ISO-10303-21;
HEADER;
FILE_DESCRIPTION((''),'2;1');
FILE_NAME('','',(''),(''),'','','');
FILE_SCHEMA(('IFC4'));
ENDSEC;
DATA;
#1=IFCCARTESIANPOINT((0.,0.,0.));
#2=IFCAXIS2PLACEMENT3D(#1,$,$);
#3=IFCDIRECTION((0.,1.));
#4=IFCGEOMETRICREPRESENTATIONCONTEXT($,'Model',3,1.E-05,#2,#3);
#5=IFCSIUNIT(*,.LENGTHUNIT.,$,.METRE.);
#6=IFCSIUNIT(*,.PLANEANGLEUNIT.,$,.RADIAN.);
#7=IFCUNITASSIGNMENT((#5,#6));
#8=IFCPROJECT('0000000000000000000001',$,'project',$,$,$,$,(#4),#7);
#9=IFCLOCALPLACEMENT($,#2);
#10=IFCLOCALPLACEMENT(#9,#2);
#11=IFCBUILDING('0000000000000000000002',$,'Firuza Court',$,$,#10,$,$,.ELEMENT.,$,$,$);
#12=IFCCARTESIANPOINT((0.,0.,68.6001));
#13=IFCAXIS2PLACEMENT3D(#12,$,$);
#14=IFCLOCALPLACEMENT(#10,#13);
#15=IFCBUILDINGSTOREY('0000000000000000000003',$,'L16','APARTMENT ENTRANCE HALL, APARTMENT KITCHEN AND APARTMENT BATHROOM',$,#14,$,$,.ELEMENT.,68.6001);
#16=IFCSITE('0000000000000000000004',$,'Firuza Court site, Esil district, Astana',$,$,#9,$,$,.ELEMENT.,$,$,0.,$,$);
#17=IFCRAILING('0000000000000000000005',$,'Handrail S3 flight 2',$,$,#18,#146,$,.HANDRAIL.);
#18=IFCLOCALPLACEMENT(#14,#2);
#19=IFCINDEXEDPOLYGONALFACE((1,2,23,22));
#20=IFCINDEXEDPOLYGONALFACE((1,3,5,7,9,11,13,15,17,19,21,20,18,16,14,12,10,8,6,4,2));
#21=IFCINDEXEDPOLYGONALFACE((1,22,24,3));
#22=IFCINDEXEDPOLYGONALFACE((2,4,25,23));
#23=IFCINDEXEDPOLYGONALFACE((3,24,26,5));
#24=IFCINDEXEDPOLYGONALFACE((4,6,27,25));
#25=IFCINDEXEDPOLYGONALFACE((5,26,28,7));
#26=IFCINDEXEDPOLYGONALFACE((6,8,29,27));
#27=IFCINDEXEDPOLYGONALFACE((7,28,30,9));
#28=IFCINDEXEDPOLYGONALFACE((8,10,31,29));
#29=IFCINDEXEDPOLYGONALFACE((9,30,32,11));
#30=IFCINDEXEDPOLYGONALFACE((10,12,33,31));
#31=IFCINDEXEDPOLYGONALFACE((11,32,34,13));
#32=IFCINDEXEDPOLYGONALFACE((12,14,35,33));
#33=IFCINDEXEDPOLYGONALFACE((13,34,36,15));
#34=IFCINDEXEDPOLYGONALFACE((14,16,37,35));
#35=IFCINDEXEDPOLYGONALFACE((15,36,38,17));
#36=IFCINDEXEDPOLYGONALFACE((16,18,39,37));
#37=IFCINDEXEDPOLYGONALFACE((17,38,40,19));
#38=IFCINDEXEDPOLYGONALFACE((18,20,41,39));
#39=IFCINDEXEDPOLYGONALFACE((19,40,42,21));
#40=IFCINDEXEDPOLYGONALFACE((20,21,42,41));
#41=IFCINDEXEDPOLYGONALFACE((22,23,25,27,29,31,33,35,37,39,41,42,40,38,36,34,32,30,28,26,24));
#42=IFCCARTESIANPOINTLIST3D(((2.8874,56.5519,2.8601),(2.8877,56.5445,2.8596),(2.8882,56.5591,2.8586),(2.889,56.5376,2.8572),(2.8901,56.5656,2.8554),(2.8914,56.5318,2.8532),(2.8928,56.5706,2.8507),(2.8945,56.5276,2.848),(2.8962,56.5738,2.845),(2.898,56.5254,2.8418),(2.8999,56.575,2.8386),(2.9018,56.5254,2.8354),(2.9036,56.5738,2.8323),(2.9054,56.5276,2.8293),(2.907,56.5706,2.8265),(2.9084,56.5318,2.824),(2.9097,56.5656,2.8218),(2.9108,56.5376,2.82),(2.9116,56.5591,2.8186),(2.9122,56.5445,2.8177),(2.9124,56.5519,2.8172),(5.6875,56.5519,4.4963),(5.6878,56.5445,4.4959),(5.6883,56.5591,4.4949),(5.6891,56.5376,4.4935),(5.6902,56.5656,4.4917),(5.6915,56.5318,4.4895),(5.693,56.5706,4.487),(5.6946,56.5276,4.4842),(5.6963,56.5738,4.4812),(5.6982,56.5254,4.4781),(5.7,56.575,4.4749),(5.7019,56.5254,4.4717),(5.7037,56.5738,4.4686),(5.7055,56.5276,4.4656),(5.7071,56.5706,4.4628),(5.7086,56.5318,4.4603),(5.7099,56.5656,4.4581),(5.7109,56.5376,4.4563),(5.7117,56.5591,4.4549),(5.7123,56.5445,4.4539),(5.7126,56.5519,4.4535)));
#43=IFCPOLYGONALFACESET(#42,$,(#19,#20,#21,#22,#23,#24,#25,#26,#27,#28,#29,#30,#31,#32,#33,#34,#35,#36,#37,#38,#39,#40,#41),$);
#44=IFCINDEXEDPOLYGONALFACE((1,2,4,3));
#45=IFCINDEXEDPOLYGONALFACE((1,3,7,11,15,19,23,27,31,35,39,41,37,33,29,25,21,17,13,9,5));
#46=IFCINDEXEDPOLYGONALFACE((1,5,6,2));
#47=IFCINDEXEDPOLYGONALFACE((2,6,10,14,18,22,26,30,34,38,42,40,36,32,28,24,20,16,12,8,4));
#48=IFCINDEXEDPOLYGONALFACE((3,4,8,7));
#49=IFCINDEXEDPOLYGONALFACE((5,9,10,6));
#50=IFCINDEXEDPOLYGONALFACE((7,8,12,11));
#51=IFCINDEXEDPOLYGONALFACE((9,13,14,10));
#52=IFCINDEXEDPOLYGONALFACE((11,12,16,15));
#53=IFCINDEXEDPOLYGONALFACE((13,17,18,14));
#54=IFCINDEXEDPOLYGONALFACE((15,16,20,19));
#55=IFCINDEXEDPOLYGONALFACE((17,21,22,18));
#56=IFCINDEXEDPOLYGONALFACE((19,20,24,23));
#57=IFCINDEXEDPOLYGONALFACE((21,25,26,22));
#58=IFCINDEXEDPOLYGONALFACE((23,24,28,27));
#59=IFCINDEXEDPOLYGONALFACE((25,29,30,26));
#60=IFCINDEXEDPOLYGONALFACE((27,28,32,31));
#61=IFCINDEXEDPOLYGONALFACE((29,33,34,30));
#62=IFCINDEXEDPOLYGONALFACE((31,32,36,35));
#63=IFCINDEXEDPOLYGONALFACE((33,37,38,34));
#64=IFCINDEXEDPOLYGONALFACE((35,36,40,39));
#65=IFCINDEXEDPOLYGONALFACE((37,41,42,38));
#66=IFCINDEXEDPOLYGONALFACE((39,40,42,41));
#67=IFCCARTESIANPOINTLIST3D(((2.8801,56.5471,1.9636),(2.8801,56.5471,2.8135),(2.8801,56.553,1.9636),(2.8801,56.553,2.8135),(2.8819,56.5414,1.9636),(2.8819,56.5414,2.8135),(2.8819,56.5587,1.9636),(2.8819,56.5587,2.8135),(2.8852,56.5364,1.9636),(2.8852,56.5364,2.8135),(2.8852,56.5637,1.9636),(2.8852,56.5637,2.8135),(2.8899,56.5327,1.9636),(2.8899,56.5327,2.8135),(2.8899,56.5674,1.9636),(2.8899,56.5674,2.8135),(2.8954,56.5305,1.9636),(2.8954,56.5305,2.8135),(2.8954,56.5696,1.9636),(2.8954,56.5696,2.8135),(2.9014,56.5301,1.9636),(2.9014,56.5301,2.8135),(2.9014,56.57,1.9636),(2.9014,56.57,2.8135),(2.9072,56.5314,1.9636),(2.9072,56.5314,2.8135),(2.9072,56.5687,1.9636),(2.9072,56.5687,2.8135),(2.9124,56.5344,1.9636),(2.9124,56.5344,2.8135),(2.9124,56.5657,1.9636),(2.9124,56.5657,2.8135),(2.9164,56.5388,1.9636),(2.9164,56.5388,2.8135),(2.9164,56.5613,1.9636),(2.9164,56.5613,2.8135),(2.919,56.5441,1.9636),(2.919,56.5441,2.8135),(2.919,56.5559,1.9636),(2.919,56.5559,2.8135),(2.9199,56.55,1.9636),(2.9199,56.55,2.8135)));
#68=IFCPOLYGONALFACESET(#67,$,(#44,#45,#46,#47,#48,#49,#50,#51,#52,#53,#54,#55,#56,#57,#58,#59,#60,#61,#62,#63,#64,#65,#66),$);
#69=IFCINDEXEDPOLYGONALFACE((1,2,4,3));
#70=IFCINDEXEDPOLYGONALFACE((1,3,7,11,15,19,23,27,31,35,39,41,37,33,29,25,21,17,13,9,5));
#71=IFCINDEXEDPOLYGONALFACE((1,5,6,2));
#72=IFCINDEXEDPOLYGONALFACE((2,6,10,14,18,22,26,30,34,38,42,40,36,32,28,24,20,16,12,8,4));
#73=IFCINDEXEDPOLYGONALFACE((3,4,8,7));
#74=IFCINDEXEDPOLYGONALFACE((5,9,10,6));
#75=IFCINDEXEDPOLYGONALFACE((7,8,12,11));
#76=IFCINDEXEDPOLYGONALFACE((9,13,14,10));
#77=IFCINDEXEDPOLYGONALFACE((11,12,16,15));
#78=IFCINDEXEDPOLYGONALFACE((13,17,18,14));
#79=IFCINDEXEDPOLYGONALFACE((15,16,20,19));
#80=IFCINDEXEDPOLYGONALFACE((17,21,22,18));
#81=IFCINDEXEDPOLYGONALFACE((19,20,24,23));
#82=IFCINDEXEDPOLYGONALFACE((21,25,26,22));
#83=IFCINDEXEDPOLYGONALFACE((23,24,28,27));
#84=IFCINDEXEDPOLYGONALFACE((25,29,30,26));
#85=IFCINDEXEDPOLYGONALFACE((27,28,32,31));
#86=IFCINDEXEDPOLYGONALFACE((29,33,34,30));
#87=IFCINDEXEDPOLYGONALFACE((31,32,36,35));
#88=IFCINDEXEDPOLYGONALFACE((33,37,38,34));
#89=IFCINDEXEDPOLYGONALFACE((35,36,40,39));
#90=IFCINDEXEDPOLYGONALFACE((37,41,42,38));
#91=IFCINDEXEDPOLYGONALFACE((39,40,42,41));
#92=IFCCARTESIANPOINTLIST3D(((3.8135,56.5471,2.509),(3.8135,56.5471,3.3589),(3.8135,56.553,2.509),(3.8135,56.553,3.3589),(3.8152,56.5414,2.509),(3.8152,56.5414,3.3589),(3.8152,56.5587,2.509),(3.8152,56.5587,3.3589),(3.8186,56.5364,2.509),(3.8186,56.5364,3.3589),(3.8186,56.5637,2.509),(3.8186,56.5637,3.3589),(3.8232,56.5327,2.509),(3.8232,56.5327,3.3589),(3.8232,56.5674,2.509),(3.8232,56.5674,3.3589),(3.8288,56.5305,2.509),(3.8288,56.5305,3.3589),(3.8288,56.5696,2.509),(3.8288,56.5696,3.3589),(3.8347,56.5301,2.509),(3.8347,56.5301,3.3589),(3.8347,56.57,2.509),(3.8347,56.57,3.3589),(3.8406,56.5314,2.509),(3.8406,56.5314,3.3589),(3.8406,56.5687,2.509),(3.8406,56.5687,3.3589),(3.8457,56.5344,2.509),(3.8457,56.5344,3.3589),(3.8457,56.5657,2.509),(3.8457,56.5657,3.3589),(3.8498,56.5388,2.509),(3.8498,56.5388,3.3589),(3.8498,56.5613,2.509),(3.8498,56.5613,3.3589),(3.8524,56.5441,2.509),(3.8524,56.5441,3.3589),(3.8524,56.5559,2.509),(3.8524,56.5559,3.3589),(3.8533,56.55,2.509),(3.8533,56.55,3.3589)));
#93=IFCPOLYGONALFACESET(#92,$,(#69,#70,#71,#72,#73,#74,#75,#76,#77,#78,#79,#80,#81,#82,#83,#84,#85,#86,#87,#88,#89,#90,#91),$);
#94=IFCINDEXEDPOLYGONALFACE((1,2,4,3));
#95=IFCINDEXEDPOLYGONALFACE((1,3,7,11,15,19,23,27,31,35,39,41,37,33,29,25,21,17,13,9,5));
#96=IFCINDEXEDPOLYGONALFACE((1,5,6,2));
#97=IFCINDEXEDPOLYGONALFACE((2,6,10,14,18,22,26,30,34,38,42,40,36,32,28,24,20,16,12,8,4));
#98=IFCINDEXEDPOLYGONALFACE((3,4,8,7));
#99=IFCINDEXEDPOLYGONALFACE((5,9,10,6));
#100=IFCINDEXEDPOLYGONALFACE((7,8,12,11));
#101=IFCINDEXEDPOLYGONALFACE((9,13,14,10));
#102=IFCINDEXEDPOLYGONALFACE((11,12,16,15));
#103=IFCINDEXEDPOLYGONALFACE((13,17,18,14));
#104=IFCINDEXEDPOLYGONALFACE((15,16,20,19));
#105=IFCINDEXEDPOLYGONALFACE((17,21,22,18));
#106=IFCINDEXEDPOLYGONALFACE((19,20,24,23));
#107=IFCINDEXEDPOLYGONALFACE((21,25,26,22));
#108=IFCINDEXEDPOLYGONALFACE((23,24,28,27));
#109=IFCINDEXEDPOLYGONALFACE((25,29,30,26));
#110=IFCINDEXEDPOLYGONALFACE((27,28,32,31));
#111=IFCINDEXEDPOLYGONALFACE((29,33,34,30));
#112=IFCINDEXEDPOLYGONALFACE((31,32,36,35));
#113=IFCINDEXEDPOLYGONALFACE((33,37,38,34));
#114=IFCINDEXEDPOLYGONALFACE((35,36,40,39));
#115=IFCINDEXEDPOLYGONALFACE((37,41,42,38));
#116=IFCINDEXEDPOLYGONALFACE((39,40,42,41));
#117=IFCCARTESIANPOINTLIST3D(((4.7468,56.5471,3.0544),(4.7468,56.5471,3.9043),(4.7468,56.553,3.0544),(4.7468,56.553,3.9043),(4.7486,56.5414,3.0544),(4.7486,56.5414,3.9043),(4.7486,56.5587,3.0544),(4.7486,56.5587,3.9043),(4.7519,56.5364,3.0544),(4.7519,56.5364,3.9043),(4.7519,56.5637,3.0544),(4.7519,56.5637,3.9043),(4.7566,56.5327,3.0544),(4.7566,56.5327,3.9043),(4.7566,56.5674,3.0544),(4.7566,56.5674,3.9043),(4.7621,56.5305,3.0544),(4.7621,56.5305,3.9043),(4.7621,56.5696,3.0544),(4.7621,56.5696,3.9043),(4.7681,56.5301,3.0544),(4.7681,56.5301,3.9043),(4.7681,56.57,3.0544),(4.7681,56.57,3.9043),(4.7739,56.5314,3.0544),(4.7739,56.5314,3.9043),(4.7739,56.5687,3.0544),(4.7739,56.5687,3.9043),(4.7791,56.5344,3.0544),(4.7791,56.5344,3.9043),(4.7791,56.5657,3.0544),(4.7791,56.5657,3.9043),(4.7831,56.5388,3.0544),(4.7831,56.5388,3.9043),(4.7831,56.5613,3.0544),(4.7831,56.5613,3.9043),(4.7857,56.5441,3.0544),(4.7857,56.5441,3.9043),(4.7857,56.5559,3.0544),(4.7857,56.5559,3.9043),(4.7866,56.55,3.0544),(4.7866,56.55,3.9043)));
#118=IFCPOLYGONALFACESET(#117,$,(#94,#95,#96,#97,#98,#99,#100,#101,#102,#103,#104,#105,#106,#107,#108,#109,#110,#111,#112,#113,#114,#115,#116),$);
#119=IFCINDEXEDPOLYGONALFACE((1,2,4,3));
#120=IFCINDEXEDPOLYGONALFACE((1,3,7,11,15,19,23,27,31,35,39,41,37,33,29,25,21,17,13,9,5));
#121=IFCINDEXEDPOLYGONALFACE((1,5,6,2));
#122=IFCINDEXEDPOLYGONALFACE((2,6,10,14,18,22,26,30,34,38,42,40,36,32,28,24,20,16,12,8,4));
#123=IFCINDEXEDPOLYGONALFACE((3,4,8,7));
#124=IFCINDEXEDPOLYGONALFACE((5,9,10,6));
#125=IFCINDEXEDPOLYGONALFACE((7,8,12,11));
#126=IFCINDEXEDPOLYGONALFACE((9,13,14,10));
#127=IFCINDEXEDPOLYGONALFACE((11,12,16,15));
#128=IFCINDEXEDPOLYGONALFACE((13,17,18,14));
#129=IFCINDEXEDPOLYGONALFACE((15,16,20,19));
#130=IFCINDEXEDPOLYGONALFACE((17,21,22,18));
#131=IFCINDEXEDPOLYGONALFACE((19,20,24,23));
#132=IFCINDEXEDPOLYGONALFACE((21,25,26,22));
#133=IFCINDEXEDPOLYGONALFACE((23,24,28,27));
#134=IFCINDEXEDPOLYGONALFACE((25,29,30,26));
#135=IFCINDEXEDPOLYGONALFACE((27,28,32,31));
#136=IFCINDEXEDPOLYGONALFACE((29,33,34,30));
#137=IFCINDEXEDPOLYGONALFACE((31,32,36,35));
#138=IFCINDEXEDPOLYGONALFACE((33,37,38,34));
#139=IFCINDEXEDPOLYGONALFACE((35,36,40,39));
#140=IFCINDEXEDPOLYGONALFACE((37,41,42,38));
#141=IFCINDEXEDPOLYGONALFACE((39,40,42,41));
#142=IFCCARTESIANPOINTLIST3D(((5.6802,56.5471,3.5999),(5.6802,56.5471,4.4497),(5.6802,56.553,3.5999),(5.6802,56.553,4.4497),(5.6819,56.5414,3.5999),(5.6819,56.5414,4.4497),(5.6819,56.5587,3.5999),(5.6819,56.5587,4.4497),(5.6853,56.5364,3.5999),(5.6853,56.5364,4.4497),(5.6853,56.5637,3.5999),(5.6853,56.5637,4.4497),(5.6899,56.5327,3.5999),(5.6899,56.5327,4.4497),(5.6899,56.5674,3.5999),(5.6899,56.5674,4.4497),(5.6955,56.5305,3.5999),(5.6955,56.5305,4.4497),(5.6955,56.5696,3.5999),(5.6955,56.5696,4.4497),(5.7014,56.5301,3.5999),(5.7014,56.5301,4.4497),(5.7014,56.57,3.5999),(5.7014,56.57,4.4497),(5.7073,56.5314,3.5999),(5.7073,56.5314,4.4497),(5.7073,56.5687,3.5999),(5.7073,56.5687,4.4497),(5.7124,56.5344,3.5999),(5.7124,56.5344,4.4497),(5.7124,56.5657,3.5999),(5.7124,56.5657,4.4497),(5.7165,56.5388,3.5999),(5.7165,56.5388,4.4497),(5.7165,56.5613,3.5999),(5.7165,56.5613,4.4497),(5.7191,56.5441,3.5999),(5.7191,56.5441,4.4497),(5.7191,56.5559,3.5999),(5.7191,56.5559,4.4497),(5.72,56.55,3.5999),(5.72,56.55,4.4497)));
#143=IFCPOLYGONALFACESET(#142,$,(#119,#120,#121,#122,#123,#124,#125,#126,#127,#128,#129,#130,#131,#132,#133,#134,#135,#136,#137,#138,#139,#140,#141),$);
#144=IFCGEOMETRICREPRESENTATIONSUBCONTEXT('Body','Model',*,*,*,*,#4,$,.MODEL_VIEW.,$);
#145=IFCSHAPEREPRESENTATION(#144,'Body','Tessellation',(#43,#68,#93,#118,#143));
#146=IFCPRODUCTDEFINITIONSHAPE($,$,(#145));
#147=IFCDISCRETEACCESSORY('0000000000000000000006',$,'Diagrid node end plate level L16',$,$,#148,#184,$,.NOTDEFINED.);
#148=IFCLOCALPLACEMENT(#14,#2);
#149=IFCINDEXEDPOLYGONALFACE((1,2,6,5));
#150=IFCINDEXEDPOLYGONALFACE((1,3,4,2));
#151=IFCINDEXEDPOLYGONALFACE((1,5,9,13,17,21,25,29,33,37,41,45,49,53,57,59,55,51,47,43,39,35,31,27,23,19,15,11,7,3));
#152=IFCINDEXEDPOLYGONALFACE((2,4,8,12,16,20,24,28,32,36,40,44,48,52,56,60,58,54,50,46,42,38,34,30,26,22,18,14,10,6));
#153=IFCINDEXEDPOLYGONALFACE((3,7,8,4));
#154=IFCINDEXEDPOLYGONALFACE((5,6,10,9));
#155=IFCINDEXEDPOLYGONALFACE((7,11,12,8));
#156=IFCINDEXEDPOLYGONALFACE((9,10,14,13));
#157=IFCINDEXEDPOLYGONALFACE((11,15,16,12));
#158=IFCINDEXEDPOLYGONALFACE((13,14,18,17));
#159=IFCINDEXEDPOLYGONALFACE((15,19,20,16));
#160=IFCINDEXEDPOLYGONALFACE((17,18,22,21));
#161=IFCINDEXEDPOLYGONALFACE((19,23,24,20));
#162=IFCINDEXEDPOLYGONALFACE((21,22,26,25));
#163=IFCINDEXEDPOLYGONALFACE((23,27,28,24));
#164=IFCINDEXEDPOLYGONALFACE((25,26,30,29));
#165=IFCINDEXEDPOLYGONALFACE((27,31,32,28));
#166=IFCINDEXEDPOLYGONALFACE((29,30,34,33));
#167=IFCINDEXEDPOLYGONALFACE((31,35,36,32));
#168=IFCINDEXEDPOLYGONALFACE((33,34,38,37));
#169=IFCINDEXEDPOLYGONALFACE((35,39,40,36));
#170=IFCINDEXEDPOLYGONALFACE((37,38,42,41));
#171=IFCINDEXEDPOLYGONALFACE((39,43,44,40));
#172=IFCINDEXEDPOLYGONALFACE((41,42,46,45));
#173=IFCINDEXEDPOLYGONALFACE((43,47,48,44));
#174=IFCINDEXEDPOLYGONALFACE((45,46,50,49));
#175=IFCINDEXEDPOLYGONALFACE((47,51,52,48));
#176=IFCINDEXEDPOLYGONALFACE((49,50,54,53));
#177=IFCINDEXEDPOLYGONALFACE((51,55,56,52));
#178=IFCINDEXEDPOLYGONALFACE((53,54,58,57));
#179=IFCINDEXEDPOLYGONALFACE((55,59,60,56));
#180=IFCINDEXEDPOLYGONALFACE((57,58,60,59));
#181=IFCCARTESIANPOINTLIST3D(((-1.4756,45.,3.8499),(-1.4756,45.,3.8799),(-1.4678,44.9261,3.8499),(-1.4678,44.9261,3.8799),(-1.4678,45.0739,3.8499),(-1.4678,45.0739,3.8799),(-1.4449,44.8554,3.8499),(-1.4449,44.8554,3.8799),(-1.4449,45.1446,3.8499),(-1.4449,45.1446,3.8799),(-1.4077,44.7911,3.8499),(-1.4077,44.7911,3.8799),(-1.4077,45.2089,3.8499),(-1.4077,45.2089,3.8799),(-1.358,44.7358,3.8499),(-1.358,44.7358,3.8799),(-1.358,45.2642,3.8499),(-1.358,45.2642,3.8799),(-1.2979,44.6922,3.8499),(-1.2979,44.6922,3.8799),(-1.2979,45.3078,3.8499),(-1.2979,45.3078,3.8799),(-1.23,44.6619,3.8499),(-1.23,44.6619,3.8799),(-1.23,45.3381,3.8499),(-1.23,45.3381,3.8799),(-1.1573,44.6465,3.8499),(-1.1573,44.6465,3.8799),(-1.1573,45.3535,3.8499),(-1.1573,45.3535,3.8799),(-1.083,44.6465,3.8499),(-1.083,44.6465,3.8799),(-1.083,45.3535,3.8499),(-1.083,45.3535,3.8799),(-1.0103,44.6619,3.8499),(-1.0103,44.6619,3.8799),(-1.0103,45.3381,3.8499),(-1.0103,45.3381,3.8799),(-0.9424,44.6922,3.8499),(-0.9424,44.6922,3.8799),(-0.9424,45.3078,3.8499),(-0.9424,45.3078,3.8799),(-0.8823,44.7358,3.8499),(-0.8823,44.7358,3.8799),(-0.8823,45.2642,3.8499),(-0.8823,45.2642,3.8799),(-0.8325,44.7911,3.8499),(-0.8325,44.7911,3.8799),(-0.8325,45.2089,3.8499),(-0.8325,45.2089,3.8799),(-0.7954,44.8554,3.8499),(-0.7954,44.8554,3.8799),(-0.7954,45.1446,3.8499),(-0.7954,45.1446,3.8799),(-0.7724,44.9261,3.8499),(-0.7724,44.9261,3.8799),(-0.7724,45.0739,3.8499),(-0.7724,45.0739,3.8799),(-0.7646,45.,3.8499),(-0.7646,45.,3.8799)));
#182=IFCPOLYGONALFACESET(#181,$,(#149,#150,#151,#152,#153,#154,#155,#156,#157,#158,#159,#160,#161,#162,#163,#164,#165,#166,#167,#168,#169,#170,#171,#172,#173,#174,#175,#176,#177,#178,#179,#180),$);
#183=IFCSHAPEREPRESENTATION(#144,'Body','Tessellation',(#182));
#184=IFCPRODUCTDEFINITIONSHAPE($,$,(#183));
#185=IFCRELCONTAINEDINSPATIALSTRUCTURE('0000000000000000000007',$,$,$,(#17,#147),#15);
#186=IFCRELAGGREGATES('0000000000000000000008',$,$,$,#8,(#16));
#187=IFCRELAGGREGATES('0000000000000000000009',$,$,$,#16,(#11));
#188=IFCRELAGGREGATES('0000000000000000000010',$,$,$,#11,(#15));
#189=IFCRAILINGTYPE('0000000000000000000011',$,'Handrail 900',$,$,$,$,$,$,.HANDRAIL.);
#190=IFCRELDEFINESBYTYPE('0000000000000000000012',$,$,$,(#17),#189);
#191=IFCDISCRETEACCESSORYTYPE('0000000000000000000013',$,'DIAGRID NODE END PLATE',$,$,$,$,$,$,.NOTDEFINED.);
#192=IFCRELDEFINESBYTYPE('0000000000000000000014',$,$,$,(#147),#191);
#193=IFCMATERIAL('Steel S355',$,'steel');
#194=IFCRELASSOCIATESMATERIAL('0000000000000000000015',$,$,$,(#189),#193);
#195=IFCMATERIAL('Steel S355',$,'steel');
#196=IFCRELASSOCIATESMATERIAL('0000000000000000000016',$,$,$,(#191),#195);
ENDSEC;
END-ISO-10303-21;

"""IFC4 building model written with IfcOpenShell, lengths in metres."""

from ifc_helpers import new_model, si_unit, direction, frame, origin, origin_2d, place, context, subcontext, project, spatial, circle, extrude, material, material_profile, profile_set, type_object, element, save


model = new_model("IFC4")

# Units and contexts
model_context = context("Model", 3, precision=1e-05, world=origin(), true_north=direction((0.0, 1.0)))
body_context = subcontext(model_context, "Body", "Model", "MODEL_VIEW")
ifc_project = project(units=[si_unit("LENGTHUNIT", "METRE"), si_unit("PLANEANGLEUNIT", "RADIAN")], contexts=[model_context])

# Site, building, storey
site_placement = place(None, origin())
site = spatial("IfcSite", under=ifc_project, at=site_placement, Name="Firuza Court site, Esil district, Astana", CompositionType="ELEMENT", RefElevation=0.0)
building_placement = place(site_placement, origin())
building = spatial("IfcBuilding", under=site, at=building_placement, Name="Firuza Court", CompositionType="ELEMENT")
storey_placement = place(building_placement, frame((0.0, 0.0, 68.6001)))
storey = spatial("IfcBuildingStorey", under=building, at=storey_placement, Name="L16", Description="APARTMENT ENTRANCE HALL, APARTMENT KITCHEN AND APARTMENT BATHROOM", CompositionType="ELEMENT", Elevation=68.6001)

# Railing
ifc_material_1 = material(Name="Steel S355", Category="steel")
railing_type = type_object("IfcRailingType", Name="Handrail 900", PredefinedType="HANDRAIL", material=ifc_material_1)
railing_placement = place(storey_placement, frame((2.8999, 56.55, 1.9636)))
element("IfcRailing", 1, at=railing_placement, inside=storey, type_object=railing_type, Name="Handrail S3 flight 2", PredefinedType="HANDRAIL", context=body_context, shape_type="SweptSolid", body=[
    extrude(circle(Radius=0.0249, at=origin_2d()), frame((0.0, 0.0, 0.875), z_axis=(0.863394, 0.0, 0.504531), x_axis=(0.0, 1.0, 0.0)), (0.0, 0.0, 1.0), 3.2432),
    extrude(circle(Radius=0.02, at=origin_2d()), origin(), (0.0, 0.0, 1.0), 0.8499),
    extrude(circle(Radius=0.02, at=origin_2d()), frame((0.9333, 0.0, 0.5454)), (0.0, 0.0, 1.0), 0.8499),
    extrude(circle(Radius=0.02, at=origin_2d()), frame((1.8667, 0.0, 1.0908)), (0.0, 0.0, 1.0), 0.8499),
    extrude(circle(Radius=0.02, at=origin_2d()), frame((2.8, 0.0, 1.6362)), (0.0, 0.0, 1.0), 0.8499),
])

# Discrete accessory
ifc_material_2 = material(Name="Steel S355", Category="steel")
ifc_material_profile_1 = material_profile(ifc_material_2, circle(Radius=0.3555, at=origin_2d()), Name="PL D711")
ifc_profile_set_1 = profile_set([ifc_material_profile_1], Name="Steel S355")
discrete_accessory_type = type_object("IfcDiscreteAccessoryType", Name="DIAGRID NODE END PLATE", PredefinedType="NOTDEFINED", material=ifc_profile_set_1)
for number, where, z_axis, x_axis, name in (
    (2, (-1.1201, 45.0, 3.8499), (0.0, 0.0, 1.0), (1.0, 0.0, 0.0), "Diagrid node end plate level L16"),
):
    element("IfcDiscreteAccessory", number, at=place(storey_placement, frame(where, z_axis=z_axis, x_axis=x_axis)), inside=storey, type_object=discrete_accessory_type, Name=name, PredefinedType="NOTDEFINED", context=body_context, shape_type="SweptSolid", body=[
        extrude(circle(Radius=0.3555, at=origin_2d()), origin(), (0.0, 0.0, 1.0), 0.03),
    ])

save(model, "model.ifc")
